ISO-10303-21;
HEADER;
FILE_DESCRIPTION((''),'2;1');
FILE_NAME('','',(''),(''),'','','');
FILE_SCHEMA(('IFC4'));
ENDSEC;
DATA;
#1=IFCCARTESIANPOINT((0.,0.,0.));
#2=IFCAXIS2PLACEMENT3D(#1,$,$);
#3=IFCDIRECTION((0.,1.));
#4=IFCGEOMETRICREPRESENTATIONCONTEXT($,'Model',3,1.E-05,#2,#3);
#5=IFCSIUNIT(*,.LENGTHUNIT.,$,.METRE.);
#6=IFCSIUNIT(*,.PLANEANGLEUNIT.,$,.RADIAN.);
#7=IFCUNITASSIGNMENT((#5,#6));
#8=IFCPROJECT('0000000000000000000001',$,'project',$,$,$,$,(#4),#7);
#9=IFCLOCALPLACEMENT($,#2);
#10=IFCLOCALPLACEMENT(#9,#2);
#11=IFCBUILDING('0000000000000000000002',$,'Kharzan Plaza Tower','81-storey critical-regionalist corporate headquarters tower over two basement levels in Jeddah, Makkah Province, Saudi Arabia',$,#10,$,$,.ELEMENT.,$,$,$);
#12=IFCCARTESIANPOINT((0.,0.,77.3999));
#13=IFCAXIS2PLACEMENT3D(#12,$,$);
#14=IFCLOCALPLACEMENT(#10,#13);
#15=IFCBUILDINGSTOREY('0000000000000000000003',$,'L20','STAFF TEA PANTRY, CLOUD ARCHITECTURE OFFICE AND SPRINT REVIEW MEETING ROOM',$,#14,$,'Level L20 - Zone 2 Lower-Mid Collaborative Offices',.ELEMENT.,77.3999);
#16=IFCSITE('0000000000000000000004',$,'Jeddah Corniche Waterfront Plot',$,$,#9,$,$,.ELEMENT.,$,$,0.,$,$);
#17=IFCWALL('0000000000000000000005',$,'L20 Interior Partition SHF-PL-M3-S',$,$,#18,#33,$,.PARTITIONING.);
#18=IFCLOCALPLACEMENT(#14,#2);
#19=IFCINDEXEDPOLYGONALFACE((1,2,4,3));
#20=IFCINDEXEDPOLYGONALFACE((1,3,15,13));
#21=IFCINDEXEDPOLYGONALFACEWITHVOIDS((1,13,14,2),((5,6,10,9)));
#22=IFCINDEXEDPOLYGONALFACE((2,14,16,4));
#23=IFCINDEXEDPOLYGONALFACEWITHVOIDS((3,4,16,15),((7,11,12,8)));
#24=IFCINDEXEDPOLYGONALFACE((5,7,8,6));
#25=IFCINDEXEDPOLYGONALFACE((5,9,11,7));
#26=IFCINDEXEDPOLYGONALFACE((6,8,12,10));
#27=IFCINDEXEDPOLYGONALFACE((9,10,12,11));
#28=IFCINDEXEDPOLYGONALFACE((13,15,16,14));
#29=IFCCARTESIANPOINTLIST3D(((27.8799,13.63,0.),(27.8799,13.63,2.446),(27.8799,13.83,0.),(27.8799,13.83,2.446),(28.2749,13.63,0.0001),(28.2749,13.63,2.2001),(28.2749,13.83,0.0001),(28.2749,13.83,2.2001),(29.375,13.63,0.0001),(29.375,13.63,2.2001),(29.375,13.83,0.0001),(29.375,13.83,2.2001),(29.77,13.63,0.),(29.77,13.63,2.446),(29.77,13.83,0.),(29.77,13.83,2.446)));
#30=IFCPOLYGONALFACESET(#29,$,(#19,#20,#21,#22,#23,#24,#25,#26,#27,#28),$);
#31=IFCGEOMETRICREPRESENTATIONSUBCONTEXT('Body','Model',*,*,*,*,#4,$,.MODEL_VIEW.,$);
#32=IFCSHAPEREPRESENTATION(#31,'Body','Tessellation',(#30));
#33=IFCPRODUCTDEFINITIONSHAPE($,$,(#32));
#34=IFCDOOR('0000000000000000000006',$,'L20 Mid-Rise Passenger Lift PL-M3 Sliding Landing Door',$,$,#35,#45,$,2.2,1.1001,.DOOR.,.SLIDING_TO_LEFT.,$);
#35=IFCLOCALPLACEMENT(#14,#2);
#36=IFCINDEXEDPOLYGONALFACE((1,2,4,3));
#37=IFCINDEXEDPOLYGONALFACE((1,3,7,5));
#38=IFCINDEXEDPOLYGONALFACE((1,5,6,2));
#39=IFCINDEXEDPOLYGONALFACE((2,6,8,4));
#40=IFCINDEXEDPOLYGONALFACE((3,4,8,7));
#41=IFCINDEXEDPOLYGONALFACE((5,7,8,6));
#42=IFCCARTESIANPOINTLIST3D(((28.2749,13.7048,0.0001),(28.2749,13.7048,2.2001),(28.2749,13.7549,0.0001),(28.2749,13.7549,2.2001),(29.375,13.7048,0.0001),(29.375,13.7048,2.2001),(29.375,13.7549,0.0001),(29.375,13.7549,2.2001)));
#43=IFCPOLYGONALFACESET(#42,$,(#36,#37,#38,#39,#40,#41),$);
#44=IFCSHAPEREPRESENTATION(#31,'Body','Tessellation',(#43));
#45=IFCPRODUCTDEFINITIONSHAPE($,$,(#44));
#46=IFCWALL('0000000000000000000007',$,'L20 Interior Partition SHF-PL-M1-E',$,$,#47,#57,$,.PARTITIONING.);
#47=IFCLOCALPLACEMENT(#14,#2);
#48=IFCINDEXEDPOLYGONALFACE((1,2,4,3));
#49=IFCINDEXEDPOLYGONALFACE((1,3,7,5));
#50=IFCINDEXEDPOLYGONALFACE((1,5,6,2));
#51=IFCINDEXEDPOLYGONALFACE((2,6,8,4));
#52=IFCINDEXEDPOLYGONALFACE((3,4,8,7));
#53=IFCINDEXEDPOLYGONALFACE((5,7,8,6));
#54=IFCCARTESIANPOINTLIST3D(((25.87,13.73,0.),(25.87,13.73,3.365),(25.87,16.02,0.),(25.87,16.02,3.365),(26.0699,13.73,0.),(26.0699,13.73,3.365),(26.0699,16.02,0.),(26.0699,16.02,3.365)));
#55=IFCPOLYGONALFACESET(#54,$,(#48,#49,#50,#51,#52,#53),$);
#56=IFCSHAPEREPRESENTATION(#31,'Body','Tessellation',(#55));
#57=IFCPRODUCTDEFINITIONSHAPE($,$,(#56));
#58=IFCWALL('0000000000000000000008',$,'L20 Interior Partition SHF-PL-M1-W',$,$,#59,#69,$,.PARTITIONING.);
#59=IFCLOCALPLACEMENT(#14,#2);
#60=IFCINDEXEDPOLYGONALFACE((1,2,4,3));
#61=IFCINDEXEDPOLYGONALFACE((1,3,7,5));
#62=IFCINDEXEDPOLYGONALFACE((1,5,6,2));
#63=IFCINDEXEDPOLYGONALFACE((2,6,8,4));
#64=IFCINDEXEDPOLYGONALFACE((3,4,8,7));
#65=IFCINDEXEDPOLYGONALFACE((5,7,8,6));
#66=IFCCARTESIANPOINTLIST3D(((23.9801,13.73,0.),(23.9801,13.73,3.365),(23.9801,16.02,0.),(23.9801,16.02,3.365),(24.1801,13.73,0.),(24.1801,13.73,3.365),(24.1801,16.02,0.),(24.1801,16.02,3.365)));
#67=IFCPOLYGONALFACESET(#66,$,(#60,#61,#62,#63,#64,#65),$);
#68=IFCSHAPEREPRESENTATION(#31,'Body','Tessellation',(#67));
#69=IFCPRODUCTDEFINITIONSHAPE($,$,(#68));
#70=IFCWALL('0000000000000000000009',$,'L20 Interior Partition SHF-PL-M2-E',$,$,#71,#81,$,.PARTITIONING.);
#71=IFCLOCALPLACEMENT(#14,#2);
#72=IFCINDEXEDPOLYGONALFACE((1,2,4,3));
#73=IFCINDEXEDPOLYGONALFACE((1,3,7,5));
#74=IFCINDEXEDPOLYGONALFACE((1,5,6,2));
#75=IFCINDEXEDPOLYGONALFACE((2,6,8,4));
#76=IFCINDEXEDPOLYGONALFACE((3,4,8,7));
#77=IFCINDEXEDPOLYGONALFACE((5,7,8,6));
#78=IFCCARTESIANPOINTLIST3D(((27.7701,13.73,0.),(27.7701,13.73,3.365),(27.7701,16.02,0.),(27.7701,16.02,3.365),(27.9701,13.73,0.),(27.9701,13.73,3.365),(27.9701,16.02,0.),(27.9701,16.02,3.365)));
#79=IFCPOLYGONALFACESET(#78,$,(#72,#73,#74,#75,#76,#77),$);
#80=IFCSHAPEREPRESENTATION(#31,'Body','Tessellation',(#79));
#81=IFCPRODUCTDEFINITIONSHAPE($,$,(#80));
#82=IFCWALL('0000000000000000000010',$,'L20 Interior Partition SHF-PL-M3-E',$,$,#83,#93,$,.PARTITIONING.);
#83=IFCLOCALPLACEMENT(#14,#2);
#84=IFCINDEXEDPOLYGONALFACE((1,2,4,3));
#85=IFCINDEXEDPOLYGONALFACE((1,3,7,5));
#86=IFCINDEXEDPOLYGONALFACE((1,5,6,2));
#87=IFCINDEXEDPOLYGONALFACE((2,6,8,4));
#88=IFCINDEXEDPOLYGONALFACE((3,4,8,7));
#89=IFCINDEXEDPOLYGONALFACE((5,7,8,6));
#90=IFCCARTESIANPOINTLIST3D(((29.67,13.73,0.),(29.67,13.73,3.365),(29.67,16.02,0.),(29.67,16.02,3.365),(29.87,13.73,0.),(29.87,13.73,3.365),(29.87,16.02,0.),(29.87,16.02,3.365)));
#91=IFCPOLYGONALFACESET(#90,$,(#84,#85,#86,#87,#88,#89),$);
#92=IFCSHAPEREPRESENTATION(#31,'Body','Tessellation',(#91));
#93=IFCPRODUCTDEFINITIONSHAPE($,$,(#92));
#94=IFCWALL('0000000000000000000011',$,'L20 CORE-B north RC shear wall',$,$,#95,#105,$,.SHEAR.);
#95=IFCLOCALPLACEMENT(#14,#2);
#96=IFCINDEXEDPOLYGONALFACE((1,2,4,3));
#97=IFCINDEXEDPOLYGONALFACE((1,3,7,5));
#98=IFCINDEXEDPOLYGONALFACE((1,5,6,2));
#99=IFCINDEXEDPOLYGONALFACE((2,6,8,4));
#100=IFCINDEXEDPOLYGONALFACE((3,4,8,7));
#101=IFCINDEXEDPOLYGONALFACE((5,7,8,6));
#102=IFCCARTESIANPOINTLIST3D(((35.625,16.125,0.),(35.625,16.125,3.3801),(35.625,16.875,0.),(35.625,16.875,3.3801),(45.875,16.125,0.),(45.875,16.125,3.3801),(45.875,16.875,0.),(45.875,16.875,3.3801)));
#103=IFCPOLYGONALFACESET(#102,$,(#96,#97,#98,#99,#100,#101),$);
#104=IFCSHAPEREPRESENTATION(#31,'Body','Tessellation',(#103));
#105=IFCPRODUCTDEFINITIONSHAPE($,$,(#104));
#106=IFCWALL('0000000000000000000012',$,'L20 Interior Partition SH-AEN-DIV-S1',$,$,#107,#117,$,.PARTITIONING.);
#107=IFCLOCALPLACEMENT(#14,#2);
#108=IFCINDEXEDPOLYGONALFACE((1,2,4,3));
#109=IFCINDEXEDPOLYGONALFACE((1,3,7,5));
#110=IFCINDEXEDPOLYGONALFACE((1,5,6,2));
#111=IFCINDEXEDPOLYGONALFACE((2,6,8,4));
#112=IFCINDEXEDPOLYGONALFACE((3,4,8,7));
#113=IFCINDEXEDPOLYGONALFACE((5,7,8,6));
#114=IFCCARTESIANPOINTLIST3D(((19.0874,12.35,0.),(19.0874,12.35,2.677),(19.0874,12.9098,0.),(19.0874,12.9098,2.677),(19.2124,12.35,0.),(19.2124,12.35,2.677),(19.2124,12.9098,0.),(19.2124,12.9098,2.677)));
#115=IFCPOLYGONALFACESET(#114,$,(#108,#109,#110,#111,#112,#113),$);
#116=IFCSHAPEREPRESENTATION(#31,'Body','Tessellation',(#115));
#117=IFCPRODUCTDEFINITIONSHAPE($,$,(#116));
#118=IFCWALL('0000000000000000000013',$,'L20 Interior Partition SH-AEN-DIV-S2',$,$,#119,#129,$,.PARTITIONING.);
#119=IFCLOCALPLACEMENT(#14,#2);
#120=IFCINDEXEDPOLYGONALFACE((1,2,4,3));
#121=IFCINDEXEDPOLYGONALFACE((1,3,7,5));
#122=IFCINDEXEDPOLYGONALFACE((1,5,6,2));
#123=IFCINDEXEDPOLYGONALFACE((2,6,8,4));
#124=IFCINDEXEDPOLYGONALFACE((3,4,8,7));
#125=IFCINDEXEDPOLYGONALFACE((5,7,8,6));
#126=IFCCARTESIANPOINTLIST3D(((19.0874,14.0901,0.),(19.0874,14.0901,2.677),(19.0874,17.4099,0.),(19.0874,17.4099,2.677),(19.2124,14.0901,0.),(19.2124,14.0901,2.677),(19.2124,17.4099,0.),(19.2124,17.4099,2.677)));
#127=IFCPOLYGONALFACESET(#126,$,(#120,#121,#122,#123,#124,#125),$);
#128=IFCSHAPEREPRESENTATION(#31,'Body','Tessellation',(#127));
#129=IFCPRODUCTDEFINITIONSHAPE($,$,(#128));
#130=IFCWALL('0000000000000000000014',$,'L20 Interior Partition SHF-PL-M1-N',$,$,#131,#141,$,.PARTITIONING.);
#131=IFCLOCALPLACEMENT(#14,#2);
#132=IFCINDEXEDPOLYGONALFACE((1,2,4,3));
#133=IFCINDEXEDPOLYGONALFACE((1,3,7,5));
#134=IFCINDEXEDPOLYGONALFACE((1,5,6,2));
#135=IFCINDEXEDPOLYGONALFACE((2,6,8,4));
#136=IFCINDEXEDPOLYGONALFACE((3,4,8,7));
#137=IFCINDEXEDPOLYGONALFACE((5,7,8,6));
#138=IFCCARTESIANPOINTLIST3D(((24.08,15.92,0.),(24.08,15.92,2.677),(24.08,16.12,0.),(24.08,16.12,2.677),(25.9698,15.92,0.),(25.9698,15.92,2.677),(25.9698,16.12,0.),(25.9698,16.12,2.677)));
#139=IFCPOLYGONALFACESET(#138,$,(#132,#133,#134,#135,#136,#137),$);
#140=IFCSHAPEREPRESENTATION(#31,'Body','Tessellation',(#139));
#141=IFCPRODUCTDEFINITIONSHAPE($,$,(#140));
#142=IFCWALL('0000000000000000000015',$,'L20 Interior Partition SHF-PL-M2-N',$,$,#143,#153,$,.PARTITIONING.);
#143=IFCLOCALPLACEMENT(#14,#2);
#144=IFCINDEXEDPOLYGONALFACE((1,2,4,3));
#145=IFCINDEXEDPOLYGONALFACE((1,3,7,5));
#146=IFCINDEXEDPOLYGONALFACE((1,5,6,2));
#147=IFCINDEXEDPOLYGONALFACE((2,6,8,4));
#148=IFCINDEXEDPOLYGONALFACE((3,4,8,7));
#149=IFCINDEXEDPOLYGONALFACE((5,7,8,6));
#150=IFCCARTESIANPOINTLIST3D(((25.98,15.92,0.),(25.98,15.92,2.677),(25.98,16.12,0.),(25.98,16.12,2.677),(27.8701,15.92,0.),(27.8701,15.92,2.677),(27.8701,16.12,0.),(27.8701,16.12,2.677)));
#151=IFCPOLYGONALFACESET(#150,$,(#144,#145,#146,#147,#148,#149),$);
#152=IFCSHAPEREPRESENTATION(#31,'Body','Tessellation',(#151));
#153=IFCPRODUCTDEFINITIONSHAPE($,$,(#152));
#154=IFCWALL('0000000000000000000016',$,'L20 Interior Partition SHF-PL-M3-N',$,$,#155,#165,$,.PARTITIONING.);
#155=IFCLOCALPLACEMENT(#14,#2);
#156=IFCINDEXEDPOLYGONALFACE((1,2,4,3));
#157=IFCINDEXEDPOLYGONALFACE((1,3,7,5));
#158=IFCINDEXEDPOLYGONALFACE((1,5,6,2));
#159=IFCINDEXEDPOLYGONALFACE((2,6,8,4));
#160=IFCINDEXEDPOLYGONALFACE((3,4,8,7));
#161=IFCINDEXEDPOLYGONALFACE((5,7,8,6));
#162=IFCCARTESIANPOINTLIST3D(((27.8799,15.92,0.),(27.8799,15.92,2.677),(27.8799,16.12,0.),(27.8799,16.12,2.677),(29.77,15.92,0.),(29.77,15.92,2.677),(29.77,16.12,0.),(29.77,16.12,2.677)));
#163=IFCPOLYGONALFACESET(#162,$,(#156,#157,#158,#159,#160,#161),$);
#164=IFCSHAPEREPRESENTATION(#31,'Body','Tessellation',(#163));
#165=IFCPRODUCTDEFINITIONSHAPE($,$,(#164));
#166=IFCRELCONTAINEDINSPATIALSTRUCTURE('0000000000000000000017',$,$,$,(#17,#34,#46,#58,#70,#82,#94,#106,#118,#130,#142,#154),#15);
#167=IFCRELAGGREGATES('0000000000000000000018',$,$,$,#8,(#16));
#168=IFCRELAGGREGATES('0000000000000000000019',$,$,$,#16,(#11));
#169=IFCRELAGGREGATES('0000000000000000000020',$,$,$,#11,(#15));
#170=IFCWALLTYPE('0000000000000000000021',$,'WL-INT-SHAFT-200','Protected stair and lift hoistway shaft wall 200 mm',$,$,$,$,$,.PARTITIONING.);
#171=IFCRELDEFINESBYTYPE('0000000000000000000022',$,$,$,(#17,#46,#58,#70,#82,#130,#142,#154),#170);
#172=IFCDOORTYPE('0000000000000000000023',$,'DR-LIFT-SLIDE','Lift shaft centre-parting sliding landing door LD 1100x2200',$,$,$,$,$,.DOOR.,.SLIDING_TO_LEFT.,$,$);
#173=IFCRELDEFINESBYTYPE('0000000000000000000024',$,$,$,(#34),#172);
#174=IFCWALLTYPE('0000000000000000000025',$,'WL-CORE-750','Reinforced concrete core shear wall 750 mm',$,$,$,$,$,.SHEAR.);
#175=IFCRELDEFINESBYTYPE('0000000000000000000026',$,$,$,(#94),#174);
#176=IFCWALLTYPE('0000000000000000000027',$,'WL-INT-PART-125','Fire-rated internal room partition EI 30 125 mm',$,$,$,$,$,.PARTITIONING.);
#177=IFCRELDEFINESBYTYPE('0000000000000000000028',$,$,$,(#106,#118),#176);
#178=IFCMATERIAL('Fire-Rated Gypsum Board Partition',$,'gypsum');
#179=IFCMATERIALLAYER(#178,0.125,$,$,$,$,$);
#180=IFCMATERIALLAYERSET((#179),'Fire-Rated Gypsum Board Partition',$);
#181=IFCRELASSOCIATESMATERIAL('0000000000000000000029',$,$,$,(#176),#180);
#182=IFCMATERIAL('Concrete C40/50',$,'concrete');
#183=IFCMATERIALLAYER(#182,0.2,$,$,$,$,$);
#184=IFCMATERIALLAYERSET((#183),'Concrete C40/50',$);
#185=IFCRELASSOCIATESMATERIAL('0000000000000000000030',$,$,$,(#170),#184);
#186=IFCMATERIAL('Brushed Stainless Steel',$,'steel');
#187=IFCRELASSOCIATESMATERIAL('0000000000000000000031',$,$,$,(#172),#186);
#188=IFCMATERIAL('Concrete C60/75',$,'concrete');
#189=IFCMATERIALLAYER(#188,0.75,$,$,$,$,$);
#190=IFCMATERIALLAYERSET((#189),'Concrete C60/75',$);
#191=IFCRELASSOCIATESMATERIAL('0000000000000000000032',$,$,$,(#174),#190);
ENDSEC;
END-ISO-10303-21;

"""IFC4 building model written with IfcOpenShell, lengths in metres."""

from ifc_helpers import new_model, si_unit, direction, frame, frame_2d, origin, place, context, subcontext, project, spatial, rectangle, extrude, source, transform, mapped, material, layer, layer_set, type_object, element, fill, save


model = new_model("IFC4")

# Units and contexts
model_context = context("Model", 3, precision=1e-05, world=origin(), true_north=direction((0.0, 1.0)))
body_context = subcontext(model_context, "Body", "Model", "MODEL_VIEW")
ifc_project = project(units=[si_unit("LENGTHUNIT", "METRE"), si_unit("PLANEANGLEUNIT", "RADIAN")], contexts=[model_context])

# Site, building, storey
site_placement = place(None, origin())
site = spatial("IfcSite", under=ifc_project, at=site_placement, Name="Jeddah Corniche Waterfront Plot", CompositionType="ELEMENT", RefElevation=0.0)
building_placement = place(site_placement, origin())
building = spatial("IfcBuilding", under=site, at=building_placement, Name="Kharzan Plaza Tower", Description="81-storey critical-regionalist corporate headquarters tower over two basement levels in Jeddah, Makkah Province, Saudi Arabia", CompositionType="ELEMENT")
storey_placement = place(building_placement, frame((0.0, 0.0, 77.3999)))
storey = spatial("IfcBuildingStorey", under=building, at=storey_placement, Name="L20", Description="STAFF TEA PANTRY, CLOUD ARCHITECTURE OFFICE AND SPRINT REVIEW MEETING ROOM", LongName="Level L20 - Zone 2 Lower-Mid Collaborative Offices", CompositionType="ELEMENT", Elevation=77.3999)

# Shared definitions
ifc_material_1 = material(Name="Concrete C60/75", Category="concrete")

# Wall, opening, door
ifc_material_2 = material(Name="Fire-Rated Gypsum Board Partition", Category="gypsum")
ifc_layer_1 = layer(ifc_material_2, 0.125)
ifc_layer_set_1 = layer_set([ifc_layer_1], Name="Fire-Rated Gypsum Board Partition")
wall_type_1 = type_object("IfcWallType", Name="WL-INT-PART-125", Description="Fire-rated internal room partition EI 30 125 mm", PredefinedType="PARTITIONING", material=ifc_layer_set_1)
ifc_material_3 = material(Name="Concrete C40/50", Category="concrete")
ifc_layer_2 = layer(ifc_material_3, 0.2)
ifc_layer_set_2 = layer_set([ifc_layer_2], Name="Concrete C40/50")
wall_type_2 = type_object("IfcWallType", Name="WL-INT-SHAFT-200", Description="Protected stair and lift hoistway shaft wall 200 mm", PredefinedType="PARTITIONING", material=ifc_layer_set_2)
ifc_material_4 = material(Name="Brushed Stainless Steel", Category="steel")
door_type_1 = type_object("IfcDoorType", Name="DR-LIFT-SLIDE", Description="Lift shaft centre-parting sliding landing door LD 1100x2200", OperationType="SLIDING_TO_LEFT", PredefinedType="DOOR", material=ifc_material_4)
shared_shape_1 = source(origin(), body_context, "Body", "SweptSolid", [
    extrude(rectangle(XDim=1.1001, YDim=2.2, at=frame_2d((0.55, 1.1001))), frame((0.0, 0.0249, 0.0), z_axis=(0.0, -1.0, 0.0), x_axis=(1.0, 0.0, 0.0)), (0.0, 0.0, 1.0), 0.05),
])
wall_1_placement = place(storey_placement, frame((27.8799, 13.73, 0.0), z_axis=(0.0, 0.0, 1.0), x_axis=(1.0, 0.0, 0.0)))
wall_1 = element("IfcWall", 1, at=wall_1_placement, inside=storey, type_object=wall_type_2, Name="L20 Interior Partition SHF-PL-M3-S", PredefinedType="PARTITIONING", context=body_context, shape_type="SweptSolid", body=[
    extrude(rectangle(XDim=1.8901, YDim=0.2, at=frame_2d((0.9451, 0.0))), origin(), (0.0, 0.0, 1.0), 2.446),
])
opening_1_placement = place(wall_1_placement, frame((0.395, 0.0, 0.0)))
opening_1 = element("IfcOpeningElement", 2, at=opening_1_placement, cuts=wall_1, PredefinedType="OPENING", context=body_context, shape_type="SweptSolid", body=[
    extrude(rectangle(XDim=1.1001, YDim=2.2, at=frame_2d((0.55, 1.1001))), frame((0.0, 0.1099, 0.0), z_axis=(0.0, -1.0, 0.0), x_axis=(1.0, 0.0, 0.0)), (0.0, 0.0, 1.0), 0.22),
])
door_1_placement = place(opening_1_placement, origin())
door_1 = element("IfcDoor", 3, at=door_1_placement, inside=storey, type_object=door_type_1, Name="L20 Mid-Rise Passenger Lift PL-M3 Sliding Landing Door", OperationType="SLIDING_TO_LEFT", OverallHeight=2.2, OverallWidth=1.1001, PredefinedType="DOOR", context=body_context, shape_type="MappedRepresentation", body=[
    mapped(shared_shape_1, transform((0.0, 0.0, 0.0), x_axis=(1.0, 0.0, 0.0), y_axis=(0.0, 1.0, 0.0), z_axis=(0.0, 0.0, 1.0))),
])
fill(opening_1, door_1)

# Walls
shared_shape_2 = source(origin(), body_context, "Body", "SweptSolid", [
    extrude(rectangle(XDim=2.29, YDim=0.2, at=frame_2d((1.145, 0.0))), origin(), (0.0, 0.0, 1.0), 3.365),
])
for number, where, z_axis, x_axis, name in (
    (4, (25.97, 13.73, 0.0), (0.0, 0.0, 1.0), (0.0, 1.0, 0.0), "L20 Interior Partition SHF-PL-M1-E"),
    (5, (24.0801, 13.73, 0.0), (0.0, 0.0, 1.0), (0.0, 1.0, 0.0), "L20 Interior Partition SHF-PL-M1-W"),
    (6, (27.8701, 13.73, 0.0), (0.0, 0.0, 1.0), (0.0, 1.0, 0.0), "L20 Interior Partition SHF-PL-M2-E"),
    (7, (29.77, 13.73, 0.0), (0.0, 0.0, 1.0), (0.0, 1.0, 0.0), "L20 Interior Partition SHF-PL-M3-E"),
):
    element("IfcWall", number, at=place(storey_placement, frame(where, z_axis=z_axis, x_axis=x_axis)), inside=storey, type_object=wall_type_2, Name=name, PredefinedType="PARTITIONING", context=body_context, shape_type="MappedRepresentation", body=[
        mapped(shared_shape_2, transform((0.0, 0.0, 0.0), x_axis=(1.0, 0.0, 0.0), y_axis=(0.0, 1.0, 0.0), z_axis=(0.0, 0.0, 1.0))),
    ])
ifc_layer_3 = layer(ifc_material_1, 0.75)
ifc_layer_set_3 = layer_set([ifc_layer_3], Name="Concrete C60/75")
wall_type_3 = type_object("IfcWallType", Name="WL-CORE-750", Description="Reinforced concrete core shear wall 750 mm", PredefinedType="SHEAR", material=ifc_layer_set_3)
shared_shape_3 = source(origin(), body_context, "Body", "SweptSolid", [
    extrude(rectangle(XDim=10.25, YDim=0.75, at=frame_2d((5.125, 0.0))), origin(), (0.0, 0.0, 1.0), 3.3801),
])
wall_2_placement = place(storey_placement, frame((35.625, 16.5, 0.0), z_axis=(0.0, 0.0, 1.0), x_axis=(1.0, 0.0, 0.0)))
element("IfcWall", 8, at=wall_2_placement, inside=storey, type_object=wall_type_3, Name="L20 CORE-B north RC shear wall", PredefinedType="SHEAR", context=body_context, shape_type="MappedRepresentation", body=[
    mapped(shared_shape_3, transform((0.0, 0.0, 0.0), x_axis=(1.0, 0.0, 0.0), y_axis=(0.0, 1.0, 0.0), z_axis=(0.0, 0.0, 1.0))),
])
shared_shape_4 = source(origin(), body_context, "Body", "SweptSolid", [
    extrude(rectangle(XDim=0.5598, YDim=0.125, at=frame_2d((0.2798, 0.0))), origin(), (0.0, 0.0, 1.0), 2.677),
])
wall_3_placement = place(storey_placement, frame((19.1499, 12.3501, 0.0), z_axis=(0.0, 0.0, 1.0), x_axis=(0.0, 1.0, 0.0)))
element("IfcWall", 9, at=wall_3_placement, inside=storey, type_object=wall_type_1, Name="L20 Interior Partition SH-AEN-DIV-S1", PredefinedType="PARTITIONING", context=body_context, shape_type="MappedRepresentation", body=[
    mapped(shared_shape_4, transform((0.0, 0.0, 0.0), x_axis=(1.0, 0.0, 0.0), y_axis=(0.0, 1.0, 0.0), z_axis=(0.0, 0.0, 1.0))),
])
shared_shape_5 = source(origin(), body_context, "Body", "SweptSolid", [
    extrude(rectangle(XDim=3.3198, YDim=0.125, at=frame_2d((1.6599, 0.0))), origin(), (0.0, 0.0, 1.0), 2.677),
])
wall_4_placement = place(storey_placement, frame((19.1499, 14.0901, 0.0), z_axis=(0.0, 0.0, 1.0), x_axis=(0.0, 1.0, 0.0)))
element("IfcWall", 10, at=wall_4_placement, inside=storey, type_object=wall_type_1, Name="L20 Interior Partition SH-AEN-DIV-S2", PredefinedType="PARTITIONING", context=body_context, shape_type="MappedRepresentation", body=[
    mapped(shared_shape_5, transform((0.0, 0.0, 0.0), x_axis=(1.0, 0.0, 0.0), y_axis=(0.0, 1.0, 0.0), z_axis=(0.0, 0.0, 1.0))),
])
shared_shape_6 = source(origin(), body_context, "Body", "SweptSolid", [
    extrude(rectangle(XDim=1.8899, YDim=0.2, at=frame_2d((0.9448, 0.0))), origin(), (0.0, 0.0, 1.0), 2.677),
])
wall_5_placement = place(storey_placement, frame((24.0801, 16.02, 0.0), z_axis=(0.0, 0.0, 1.0), x_axis=(1.0, 0.0, 0.0)))
element("IfcWall", 11, at=wall_5_placement, inside=storey, type_object=wall_type_2, Name="L20 Interior Partition SHF-PL-M1-N", PredefinedType="PARTITIONING", context=body_context, shape_type="MappedRepresentation", body=[
    mapped(shared_shape_6, transform((0.0, 0.0, 0.0), x_axis=(1.0, 0.0, 0.0), y_axis=(0.0, 1.0, 0.0), z_axis=(0.0, 0.0, 1.0))),
])
shared_shape_7 = source(origin(), body_context, "Body", "SweptSolid", [
    extrude(rectangle(XDim=1.8901, YDim=0.2, at=frame_2d((0.9451, 0.0))), origin(), (0.0, 0.0, 1.0), 2.677),
])
for number, where, z_axis, x_axis, name in (
    (12, (25.98, 16.02, 0.0), (0.0, 0.0, 1.0), (1.0, 0.0, 0.0), "L20 Interior Partition SHF-PL-M2-N"),
    (13, (27.8799, 16.02, 0.0), (0.0, 0.0, 1.0), (1.0, 0.0, 0.0), "L20 Interior Partition SHF-PL-M3-N"),
):
    element("IfcWall", number, at=place(storey_placement, frame(where, z_axis=z_axis, x_axis=x_axis)), inside=storey, type_object=wall_type_2, Name=name, PredefinedType="PARTITIONING", context=body_context, shape_type="MappedRepresentation", body=[
        mapped(shared_shape_7, transform((0.0, 0.0, 0.0), x_axis=(1.0, 0.0, 0.0), y_axis=(0.0, 1.0, 0.0), z_axis=(0.0, 0.0, 1.0))),
    ])

save(model, "model.ifc")
